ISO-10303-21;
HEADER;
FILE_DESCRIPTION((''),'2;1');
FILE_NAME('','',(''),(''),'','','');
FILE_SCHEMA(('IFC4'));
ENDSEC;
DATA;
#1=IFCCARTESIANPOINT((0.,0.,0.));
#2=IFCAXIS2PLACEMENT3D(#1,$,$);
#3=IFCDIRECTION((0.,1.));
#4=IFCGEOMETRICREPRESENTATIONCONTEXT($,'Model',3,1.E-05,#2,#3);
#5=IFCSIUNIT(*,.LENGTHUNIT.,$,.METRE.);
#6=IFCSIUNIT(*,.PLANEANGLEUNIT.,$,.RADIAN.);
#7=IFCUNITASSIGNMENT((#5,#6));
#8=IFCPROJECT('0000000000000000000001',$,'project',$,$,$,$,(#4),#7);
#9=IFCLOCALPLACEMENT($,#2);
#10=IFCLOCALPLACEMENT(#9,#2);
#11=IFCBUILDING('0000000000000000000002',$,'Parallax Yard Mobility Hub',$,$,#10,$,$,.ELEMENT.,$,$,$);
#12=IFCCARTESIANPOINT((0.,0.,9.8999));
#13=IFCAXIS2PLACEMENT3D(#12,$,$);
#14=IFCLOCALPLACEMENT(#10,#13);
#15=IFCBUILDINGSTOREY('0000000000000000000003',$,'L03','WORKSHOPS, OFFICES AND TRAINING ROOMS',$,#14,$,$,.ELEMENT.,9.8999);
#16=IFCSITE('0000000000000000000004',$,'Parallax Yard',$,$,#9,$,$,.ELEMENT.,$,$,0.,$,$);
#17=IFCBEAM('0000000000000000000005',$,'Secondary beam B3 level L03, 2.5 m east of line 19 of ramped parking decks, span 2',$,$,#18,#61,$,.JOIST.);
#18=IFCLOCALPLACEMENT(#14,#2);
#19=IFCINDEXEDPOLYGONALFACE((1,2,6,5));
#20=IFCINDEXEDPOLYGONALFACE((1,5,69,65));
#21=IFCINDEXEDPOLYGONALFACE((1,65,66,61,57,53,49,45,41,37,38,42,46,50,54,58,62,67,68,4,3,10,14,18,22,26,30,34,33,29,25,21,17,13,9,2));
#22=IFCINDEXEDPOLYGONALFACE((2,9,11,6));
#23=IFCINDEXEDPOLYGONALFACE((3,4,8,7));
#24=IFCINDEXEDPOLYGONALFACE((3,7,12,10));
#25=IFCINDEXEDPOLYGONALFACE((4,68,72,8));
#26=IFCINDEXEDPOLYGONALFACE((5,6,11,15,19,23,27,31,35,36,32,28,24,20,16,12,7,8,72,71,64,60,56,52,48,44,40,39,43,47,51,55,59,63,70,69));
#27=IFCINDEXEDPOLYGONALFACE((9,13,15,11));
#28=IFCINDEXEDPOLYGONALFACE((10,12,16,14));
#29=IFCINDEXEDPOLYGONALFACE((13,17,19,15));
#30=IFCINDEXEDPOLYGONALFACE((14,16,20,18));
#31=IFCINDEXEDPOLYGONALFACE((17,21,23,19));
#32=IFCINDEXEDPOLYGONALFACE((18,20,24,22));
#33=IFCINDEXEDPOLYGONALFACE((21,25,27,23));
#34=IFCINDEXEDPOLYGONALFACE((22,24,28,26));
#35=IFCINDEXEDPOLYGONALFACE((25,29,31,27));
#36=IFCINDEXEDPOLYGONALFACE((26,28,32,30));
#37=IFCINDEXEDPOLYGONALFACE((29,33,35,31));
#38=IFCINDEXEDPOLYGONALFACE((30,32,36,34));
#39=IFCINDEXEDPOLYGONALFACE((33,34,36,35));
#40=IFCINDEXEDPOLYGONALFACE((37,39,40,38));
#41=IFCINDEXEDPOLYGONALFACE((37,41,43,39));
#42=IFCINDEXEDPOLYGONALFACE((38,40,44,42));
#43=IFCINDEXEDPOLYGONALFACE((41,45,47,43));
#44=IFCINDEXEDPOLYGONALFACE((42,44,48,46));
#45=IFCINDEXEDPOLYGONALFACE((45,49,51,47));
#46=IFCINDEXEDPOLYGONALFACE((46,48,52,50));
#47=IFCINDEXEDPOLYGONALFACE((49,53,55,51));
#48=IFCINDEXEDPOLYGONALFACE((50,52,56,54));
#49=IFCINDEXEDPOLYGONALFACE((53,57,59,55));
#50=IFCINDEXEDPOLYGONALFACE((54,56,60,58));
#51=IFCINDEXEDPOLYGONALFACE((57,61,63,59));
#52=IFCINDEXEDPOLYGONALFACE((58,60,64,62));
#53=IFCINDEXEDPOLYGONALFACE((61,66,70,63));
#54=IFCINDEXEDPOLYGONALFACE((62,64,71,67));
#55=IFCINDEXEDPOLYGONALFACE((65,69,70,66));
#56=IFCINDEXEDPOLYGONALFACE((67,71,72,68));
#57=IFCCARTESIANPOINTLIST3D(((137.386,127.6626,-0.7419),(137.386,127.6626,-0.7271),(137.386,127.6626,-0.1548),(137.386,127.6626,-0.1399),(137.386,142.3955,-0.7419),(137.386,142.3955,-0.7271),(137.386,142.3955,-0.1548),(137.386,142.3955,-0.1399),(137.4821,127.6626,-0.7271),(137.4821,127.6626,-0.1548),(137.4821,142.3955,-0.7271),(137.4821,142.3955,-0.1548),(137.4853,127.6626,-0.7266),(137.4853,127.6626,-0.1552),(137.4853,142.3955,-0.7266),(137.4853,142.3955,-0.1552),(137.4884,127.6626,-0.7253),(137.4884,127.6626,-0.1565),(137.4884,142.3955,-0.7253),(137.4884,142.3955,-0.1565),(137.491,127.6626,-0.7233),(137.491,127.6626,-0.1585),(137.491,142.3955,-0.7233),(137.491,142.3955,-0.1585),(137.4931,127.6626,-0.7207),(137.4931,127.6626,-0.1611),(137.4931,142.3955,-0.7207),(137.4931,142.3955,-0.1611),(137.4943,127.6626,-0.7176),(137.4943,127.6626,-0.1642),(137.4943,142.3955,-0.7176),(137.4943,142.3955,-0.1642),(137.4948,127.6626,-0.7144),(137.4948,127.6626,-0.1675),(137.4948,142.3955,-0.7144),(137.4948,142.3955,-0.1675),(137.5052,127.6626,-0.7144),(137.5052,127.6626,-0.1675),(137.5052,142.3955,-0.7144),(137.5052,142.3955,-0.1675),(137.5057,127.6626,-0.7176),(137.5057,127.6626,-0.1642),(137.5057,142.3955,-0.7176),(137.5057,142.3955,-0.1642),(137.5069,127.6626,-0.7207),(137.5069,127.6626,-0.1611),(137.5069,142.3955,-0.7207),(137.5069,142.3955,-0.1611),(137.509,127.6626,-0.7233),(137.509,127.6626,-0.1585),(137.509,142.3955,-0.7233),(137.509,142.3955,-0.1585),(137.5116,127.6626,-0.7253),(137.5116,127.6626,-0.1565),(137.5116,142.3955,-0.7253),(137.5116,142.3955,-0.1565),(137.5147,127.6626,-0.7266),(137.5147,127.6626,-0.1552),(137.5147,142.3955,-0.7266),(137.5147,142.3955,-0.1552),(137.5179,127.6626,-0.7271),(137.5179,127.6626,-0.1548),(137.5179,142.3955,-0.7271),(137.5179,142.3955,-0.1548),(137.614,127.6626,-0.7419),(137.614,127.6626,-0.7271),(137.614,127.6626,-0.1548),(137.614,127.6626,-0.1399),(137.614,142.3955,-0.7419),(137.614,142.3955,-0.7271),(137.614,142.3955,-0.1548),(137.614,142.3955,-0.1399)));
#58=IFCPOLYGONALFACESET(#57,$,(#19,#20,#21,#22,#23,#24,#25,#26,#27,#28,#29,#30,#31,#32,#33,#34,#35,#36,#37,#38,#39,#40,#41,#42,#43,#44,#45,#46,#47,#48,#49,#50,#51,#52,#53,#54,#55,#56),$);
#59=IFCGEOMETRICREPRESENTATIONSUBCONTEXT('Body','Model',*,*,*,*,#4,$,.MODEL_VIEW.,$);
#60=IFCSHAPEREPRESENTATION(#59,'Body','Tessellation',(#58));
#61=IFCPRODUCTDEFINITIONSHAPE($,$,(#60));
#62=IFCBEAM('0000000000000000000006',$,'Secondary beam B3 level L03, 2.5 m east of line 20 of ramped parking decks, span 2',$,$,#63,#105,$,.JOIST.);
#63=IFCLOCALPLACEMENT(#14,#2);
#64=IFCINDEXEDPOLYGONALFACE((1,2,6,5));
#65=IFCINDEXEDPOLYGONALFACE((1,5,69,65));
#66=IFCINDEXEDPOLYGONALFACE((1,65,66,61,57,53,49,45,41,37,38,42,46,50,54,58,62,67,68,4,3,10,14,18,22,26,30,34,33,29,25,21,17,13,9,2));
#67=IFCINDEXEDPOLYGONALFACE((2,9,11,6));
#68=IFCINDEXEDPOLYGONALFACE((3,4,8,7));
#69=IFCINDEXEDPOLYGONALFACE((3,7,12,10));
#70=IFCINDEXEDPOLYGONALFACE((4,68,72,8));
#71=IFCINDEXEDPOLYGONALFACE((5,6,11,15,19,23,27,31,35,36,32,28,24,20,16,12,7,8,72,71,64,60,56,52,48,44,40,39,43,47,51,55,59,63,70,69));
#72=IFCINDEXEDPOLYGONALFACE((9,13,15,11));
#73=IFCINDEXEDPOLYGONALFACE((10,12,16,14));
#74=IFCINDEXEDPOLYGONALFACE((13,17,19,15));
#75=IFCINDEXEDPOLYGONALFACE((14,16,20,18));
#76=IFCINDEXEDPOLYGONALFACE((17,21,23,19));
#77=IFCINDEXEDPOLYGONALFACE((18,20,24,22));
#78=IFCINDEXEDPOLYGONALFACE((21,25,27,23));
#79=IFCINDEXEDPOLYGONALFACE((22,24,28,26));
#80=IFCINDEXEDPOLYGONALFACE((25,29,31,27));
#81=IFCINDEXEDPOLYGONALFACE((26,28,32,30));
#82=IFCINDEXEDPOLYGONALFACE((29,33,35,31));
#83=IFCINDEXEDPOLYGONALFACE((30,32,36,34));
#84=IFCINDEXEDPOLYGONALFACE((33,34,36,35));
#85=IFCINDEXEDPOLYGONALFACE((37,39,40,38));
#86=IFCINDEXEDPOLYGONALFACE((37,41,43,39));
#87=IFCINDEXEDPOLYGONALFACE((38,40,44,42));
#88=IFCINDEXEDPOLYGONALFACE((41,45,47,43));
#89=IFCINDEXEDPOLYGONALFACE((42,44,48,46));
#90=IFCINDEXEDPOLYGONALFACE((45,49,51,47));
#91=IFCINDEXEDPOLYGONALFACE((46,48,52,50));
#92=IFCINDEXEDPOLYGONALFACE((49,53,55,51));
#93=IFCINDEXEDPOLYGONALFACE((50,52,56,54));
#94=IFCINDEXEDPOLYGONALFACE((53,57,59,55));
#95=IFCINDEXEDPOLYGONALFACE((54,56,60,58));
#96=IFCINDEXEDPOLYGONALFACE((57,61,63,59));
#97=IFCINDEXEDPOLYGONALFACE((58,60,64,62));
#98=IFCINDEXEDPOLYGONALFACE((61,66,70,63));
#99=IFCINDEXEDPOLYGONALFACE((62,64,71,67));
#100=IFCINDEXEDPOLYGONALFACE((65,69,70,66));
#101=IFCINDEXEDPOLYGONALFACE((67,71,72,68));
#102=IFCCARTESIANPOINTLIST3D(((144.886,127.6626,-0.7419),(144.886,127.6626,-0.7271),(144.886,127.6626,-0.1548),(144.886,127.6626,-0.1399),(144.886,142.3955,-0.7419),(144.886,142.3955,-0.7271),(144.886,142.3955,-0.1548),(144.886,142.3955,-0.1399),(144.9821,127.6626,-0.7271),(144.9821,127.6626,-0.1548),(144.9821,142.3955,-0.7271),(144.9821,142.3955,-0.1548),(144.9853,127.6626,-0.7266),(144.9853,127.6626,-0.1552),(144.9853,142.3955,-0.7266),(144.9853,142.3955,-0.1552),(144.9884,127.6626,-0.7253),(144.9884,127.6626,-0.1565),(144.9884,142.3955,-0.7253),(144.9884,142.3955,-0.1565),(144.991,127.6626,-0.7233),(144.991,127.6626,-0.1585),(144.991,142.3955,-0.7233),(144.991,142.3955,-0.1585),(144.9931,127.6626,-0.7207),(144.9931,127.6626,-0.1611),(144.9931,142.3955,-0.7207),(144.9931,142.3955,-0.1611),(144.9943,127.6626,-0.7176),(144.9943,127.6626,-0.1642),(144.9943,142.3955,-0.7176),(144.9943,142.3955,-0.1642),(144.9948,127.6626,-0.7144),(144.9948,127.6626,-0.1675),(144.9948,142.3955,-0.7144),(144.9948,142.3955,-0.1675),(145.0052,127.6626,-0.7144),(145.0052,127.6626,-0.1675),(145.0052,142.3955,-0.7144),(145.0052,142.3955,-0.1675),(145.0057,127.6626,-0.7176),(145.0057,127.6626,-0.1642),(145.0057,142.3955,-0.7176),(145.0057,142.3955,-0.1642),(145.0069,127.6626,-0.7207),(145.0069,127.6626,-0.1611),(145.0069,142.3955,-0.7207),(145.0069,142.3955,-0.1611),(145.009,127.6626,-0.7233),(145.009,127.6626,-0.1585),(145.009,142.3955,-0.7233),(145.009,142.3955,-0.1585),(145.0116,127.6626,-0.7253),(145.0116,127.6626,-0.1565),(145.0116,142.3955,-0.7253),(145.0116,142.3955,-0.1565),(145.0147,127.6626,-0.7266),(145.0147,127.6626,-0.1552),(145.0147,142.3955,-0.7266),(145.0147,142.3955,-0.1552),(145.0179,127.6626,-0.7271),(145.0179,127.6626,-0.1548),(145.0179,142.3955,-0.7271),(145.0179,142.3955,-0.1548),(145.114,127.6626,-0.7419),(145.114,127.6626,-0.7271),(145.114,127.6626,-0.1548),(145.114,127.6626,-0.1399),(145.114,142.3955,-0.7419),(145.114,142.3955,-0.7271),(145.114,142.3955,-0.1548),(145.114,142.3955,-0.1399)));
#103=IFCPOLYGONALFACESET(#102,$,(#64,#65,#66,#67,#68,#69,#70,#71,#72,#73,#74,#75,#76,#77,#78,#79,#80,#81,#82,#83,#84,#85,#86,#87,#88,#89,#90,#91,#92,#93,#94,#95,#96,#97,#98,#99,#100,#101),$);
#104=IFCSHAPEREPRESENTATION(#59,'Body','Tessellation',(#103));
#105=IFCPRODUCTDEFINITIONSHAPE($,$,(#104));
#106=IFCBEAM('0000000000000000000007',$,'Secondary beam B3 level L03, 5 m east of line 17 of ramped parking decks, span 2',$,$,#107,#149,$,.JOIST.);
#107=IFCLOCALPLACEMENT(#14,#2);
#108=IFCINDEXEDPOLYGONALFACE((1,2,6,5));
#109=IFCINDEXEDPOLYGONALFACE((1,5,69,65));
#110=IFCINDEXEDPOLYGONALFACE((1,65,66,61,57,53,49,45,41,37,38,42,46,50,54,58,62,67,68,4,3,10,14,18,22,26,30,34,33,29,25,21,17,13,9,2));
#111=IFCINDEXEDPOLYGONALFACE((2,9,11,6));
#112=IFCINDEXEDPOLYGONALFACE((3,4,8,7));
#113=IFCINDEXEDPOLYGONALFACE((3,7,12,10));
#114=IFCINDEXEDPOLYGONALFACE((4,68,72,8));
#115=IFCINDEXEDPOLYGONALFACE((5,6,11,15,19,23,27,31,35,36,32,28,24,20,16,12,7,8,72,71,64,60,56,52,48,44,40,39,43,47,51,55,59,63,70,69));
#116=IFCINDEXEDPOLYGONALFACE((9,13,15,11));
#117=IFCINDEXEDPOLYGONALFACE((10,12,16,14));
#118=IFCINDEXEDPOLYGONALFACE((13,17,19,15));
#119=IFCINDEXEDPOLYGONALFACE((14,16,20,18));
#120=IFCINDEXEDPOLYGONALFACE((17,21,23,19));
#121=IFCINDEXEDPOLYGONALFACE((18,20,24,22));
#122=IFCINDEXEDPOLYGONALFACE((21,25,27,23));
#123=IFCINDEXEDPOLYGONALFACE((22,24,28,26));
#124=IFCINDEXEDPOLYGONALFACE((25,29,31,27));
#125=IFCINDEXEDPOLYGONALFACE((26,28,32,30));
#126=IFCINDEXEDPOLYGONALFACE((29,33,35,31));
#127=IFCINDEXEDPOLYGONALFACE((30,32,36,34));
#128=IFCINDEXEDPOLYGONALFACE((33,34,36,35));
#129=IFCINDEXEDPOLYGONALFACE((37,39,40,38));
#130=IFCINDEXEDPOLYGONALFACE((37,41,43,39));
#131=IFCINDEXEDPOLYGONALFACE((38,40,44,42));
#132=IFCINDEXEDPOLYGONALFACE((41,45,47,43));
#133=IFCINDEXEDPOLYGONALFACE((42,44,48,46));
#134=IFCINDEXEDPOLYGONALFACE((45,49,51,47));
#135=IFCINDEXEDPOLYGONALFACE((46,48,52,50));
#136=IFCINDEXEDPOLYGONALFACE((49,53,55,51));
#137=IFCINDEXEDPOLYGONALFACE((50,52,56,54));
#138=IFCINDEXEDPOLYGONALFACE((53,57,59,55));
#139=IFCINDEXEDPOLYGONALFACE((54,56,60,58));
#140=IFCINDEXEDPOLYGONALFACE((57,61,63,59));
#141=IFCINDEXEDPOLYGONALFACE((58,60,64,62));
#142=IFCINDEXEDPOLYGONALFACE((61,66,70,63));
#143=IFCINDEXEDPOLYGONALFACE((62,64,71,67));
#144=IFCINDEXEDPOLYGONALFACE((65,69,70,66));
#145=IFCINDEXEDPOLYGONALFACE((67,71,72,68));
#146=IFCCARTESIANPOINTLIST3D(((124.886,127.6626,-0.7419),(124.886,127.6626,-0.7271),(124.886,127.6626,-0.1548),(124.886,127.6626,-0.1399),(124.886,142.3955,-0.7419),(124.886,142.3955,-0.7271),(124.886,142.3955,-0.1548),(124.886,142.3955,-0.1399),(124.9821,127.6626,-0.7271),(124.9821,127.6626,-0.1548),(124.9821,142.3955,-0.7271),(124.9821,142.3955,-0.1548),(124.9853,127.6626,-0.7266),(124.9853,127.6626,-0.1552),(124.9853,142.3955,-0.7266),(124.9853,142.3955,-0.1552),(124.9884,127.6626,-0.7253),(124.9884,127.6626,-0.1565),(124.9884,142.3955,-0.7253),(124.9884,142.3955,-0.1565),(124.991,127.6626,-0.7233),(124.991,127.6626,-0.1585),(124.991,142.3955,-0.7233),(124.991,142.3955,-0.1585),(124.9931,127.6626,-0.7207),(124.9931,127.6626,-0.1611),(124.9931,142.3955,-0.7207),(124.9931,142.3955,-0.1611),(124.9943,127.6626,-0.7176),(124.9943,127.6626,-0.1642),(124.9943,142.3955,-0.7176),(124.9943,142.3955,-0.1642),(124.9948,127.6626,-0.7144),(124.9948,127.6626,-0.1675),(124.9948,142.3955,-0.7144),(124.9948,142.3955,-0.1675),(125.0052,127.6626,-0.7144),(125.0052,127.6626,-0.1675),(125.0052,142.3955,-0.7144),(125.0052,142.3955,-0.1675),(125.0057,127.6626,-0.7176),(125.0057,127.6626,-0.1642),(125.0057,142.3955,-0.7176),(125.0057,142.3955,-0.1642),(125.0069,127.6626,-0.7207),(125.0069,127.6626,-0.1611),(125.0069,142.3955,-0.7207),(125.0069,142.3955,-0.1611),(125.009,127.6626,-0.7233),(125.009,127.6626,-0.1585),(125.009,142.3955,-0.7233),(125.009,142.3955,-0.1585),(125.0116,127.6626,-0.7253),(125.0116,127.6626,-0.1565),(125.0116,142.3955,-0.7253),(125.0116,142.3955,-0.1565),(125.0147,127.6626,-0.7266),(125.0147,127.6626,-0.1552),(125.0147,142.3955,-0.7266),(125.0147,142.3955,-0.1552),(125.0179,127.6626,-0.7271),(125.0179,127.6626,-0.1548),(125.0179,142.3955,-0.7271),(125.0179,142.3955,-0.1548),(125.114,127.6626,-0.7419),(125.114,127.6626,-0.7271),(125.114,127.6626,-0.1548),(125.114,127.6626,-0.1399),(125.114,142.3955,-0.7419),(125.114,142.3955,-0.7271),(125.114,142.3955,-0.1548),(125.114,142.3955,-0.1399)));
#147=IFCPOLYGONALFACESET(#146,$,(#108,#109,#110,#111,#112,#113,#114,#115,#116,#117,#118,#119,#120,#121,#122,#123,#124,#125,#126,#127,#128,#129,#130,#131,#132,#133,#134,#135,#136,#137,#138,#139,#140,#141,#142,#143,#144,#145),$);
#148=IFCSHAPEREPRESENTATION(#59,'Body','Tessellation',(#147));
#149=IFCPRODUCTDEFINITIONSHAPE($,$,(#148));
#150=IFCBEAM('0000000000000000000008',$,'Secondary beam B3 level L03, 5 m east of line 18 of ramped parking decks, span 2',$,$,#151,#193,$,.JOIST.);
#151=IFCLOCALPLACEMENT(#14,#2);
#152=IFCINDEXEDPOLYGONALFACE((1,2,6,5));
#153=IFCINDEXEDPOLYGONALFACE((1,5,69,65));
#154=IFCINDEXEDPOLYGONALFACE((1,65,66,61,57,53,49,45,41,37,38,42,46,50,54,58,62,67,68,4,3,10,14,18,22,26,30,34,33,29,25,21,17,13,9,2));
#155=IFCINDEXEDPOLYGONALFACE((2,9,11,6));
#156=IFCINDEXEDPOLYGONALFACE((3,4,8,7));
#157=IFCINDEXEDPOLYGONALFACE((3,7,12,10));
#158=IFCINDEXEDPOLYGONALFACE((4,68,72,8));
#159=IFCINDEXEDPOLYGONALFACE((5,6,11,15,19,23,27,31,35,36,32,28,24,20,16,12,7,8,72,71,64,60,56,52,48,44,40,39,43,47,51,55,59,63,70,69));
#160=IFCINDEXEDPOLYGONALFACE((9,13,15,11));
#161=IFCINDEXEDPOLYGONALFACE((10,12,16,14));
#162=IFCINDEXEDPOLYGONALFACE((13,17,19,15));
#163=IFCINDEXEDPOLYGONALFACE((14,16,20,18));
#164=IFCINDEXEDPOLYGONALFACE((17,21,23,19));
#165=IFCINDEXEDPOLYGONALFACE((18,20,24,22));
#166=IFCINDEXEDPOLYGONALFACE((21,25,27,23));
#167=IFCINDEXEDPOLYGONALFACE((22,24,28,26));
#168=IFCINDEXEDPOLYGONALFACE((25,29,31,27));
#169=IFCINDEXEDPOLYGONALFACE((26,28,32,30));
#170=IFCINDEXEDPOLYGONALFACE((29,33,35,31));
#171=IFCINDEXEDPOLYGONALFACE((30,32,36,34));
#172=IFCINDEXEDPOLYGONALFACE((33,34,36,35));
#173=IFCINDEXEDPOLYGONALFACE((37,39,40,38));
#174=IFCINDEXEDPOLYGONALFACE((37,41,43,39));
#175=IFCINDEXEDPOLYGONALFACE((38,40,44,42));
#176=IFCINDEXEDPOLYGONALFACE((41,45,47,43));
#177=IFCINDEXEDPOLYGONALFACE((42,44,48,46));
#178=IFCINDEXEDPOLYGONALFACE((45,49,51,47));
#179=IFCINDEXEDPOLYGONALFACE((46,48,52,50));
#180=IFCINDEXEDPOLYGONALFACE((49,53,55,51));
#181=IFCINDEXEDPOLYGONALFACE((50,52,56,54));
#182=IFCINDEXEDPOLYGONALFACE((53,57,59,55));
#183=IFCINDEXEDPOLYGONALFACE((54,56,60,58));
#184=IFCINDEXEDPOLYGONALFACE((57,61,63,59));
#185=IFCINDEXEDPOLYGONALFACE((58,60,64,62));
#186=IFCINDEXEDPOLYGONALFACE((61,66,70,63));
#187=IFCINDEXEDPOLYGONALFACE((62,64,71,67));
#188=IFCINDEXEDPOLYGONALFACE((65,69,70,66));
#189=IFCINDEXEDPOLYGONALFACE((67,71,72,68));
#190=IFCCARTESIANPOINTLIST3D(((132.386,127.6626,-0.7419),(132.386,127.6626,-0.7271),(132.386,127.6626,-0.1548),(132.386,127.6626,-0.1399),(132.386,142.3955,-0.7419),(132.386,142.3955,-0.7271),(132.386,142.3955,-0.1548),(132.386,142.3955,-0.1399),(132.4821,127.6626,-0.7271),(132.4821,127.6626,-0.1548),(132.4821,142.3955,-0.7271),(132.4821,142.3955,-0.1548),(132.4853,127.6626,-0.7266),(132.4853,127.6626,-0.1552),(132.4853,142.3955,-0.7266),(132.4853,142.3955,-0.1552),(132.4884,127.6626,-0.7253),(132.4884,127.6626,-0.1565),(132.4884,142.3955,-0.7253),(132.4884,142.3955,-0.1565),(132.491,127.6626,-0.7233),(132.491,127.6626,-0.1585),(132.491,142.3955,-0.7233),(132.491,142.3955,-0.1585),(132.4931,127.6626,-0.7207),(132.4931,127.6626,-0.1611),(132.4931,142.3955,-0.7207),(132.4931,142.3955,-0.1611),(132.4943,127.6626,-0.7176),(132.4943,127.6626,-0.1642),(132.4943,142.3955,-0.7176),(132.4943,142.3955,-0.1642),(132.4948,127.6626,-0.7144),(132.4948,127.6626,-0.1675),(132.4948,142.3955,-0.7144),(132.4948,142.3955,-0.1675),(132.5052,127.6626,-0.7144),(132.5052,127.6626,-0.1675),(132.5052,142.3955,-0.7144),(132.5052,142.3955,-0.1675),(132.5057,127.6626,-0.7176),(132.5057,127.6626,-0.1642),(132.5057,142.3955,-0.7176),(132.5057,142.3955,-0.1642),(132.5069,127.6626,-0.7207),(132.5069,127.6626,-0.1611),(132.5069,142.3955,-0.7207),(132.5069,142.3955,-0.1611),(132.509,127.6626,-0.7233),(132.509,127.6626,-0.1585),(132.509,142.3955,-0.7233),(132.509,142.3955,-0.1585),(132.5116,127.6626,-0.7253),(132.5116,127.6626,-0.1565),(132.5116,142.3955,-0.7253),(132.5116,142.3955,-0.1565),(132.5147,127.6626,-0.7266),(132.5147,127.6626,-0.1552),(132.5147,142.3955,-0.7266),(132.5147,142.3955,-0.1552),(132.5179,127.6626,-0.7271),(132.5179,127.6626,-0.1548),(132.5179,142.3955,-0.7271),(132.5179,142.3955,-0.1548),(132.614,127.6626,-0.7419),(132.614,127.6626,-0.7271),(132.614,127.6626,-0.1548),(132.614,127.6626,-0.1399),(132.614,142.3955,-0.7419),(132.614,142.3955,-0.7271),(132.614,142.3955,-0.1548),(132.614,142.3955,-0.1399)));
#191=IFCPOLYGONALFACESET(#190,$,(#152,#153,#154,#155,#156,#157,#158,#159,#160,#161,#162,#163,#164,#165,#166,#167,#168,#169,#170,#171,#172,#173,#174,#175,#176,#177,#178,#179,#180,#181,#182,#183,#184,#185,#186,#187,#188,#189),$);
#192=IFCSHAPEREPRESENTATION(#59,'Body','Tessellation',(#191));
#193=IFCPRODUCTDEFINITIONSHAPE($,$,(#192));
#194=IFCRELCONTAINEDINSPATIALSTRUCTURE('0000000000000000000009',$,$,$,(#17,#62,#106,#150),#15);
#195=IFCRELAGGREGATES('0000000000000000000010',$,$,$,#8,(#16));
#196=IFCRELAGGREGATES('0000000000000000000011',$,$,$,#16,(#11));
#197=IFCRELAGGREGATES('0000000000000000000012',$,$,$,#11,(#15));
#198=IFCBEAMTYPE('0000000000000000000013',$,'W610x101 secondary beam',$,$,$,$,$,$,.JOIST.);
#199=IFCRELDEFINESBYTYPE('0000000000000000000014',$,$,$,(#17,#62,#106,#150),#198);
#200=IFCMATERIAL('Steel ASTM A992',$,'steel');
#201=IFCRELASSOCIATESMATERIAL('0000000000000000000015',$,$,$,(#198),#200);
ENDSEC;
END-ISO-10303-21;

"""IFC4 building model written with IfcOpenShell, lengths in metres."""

from ifc_helpers import new_model, si_unit, direction, frame, origin, origin_2d, place, context, subcontext, project, spatial, i_section, extrude, material, material_profile, profile_set, type_object, element, save


model = new_model("IFC4")

# Units and contexts
model_context = context("Model", 3, precision=1e-05, world=origin(), true_north=direction((0.0, 1.0)))
body_context = subcontext(model_context, "Body", "Model", "MODEL_VIEW")
ifc_project = project(units=[si_unit("LENGTHUNIT", "METRE"), si_unit("PLANEANGLEUNIT", "RADIAN")], contexts=[model_context])

# Site, building, storey
site_placement = place(None, origin())
site = spatial("IfcSite", under=ifc_project, at=site_placement, Name="Parallax Yard", CompositionType="ELEMENT", RefElevation=0.0)
building_placement = place(site_placement, origin())
building = spatial("IfcBuilding", under=site, at=building_placement, Name="Parallax Yard Mobility Hub", CompositionType="ELEMENT")
storey_placement = place(building_placement, frame((0.0, 0.0, 9.8999)))
storey = spatial("IfcBuildingStorey", under=building, at=storey_placement, Name="L03", Description="WORKSHOPS, OFFICES AND TRAINING ROOMS", CompositionType="ELEMENT", Elevation=9.8999)

# Shared definitions
ifc_material_1 = material(Name="Steel ASTM A992", Category="steel")

# Beams
ifc_material_profile_1 = material_profile(ifc_material_1, i_section(OverallWidth=0.228, OverallDepth=0.6021, WebThickness=0.0105, FlangeThickness=0.0149, FilletRadius=0.0127, at=origin_2d()), Name="W610x101")
ifc_profile_set_1 = profile_set([ifc_material_profile_1], Name="Steel ASTM A992")
beam_type_1 = type_object("IfcBeamType", Name="W610x101 secondary beam", PredefinedType="JOIST", material=ifc_profile_set_1)
for number, where, z_axis, x_axis, name in (
    (1, (137.5, 127.6626, -0.4409), (0.0, 1.0, 0.0), (-1.0, 0.0, 0.0), "Secondary beam B3 level L03, 2.5 m east of line 19 of ramped parking decks, span 2"),
    (2, (145.0, 127.6626, -0.4409), (0.0, 1.0, 0.0), (-1.0, 0.0, 0.0), "Secondary beam B3 level L03, 2.5 m east of line 20 of ramped parking decks, span 2"),
    (3, (125.0, 127.6626, -0.4409), (0.0, 1.0, 0.0), (-1.0, 0.0, 0.0), "Secondary beam B3 level L03, 5 m east of line 17 of ramped parking decks, span 2"),
    (4, (132.5, 127.6626, -0.4409), (0.0, 1.0, 0.0), (-1.0, 0.0, 0.0), "Secondary beam B3 level L03, 5 m east of line 18 of ramped parking decks, span 2"),
):
    element("IfcBeam", number, at=place(storey_placement, frame(where, z_axis=z_axis, x_axis=x_axis)), inside=storey, type_object=beam_type_1, Name=name, PredefinedType="JOIST", context=body_context, shape_type="SweptSolid", body=[
        extrude(i_section(OverallWidth=0.228, OverallDepth=0.6021, WebThickness=0.0105, FlangeThickness=0.0149, FilletRadius=0.0127, at=origin_2d()), origin(), (0.0, 0.0, 1.0), 14.7329),
    ])

save(model, "model.ifc")
